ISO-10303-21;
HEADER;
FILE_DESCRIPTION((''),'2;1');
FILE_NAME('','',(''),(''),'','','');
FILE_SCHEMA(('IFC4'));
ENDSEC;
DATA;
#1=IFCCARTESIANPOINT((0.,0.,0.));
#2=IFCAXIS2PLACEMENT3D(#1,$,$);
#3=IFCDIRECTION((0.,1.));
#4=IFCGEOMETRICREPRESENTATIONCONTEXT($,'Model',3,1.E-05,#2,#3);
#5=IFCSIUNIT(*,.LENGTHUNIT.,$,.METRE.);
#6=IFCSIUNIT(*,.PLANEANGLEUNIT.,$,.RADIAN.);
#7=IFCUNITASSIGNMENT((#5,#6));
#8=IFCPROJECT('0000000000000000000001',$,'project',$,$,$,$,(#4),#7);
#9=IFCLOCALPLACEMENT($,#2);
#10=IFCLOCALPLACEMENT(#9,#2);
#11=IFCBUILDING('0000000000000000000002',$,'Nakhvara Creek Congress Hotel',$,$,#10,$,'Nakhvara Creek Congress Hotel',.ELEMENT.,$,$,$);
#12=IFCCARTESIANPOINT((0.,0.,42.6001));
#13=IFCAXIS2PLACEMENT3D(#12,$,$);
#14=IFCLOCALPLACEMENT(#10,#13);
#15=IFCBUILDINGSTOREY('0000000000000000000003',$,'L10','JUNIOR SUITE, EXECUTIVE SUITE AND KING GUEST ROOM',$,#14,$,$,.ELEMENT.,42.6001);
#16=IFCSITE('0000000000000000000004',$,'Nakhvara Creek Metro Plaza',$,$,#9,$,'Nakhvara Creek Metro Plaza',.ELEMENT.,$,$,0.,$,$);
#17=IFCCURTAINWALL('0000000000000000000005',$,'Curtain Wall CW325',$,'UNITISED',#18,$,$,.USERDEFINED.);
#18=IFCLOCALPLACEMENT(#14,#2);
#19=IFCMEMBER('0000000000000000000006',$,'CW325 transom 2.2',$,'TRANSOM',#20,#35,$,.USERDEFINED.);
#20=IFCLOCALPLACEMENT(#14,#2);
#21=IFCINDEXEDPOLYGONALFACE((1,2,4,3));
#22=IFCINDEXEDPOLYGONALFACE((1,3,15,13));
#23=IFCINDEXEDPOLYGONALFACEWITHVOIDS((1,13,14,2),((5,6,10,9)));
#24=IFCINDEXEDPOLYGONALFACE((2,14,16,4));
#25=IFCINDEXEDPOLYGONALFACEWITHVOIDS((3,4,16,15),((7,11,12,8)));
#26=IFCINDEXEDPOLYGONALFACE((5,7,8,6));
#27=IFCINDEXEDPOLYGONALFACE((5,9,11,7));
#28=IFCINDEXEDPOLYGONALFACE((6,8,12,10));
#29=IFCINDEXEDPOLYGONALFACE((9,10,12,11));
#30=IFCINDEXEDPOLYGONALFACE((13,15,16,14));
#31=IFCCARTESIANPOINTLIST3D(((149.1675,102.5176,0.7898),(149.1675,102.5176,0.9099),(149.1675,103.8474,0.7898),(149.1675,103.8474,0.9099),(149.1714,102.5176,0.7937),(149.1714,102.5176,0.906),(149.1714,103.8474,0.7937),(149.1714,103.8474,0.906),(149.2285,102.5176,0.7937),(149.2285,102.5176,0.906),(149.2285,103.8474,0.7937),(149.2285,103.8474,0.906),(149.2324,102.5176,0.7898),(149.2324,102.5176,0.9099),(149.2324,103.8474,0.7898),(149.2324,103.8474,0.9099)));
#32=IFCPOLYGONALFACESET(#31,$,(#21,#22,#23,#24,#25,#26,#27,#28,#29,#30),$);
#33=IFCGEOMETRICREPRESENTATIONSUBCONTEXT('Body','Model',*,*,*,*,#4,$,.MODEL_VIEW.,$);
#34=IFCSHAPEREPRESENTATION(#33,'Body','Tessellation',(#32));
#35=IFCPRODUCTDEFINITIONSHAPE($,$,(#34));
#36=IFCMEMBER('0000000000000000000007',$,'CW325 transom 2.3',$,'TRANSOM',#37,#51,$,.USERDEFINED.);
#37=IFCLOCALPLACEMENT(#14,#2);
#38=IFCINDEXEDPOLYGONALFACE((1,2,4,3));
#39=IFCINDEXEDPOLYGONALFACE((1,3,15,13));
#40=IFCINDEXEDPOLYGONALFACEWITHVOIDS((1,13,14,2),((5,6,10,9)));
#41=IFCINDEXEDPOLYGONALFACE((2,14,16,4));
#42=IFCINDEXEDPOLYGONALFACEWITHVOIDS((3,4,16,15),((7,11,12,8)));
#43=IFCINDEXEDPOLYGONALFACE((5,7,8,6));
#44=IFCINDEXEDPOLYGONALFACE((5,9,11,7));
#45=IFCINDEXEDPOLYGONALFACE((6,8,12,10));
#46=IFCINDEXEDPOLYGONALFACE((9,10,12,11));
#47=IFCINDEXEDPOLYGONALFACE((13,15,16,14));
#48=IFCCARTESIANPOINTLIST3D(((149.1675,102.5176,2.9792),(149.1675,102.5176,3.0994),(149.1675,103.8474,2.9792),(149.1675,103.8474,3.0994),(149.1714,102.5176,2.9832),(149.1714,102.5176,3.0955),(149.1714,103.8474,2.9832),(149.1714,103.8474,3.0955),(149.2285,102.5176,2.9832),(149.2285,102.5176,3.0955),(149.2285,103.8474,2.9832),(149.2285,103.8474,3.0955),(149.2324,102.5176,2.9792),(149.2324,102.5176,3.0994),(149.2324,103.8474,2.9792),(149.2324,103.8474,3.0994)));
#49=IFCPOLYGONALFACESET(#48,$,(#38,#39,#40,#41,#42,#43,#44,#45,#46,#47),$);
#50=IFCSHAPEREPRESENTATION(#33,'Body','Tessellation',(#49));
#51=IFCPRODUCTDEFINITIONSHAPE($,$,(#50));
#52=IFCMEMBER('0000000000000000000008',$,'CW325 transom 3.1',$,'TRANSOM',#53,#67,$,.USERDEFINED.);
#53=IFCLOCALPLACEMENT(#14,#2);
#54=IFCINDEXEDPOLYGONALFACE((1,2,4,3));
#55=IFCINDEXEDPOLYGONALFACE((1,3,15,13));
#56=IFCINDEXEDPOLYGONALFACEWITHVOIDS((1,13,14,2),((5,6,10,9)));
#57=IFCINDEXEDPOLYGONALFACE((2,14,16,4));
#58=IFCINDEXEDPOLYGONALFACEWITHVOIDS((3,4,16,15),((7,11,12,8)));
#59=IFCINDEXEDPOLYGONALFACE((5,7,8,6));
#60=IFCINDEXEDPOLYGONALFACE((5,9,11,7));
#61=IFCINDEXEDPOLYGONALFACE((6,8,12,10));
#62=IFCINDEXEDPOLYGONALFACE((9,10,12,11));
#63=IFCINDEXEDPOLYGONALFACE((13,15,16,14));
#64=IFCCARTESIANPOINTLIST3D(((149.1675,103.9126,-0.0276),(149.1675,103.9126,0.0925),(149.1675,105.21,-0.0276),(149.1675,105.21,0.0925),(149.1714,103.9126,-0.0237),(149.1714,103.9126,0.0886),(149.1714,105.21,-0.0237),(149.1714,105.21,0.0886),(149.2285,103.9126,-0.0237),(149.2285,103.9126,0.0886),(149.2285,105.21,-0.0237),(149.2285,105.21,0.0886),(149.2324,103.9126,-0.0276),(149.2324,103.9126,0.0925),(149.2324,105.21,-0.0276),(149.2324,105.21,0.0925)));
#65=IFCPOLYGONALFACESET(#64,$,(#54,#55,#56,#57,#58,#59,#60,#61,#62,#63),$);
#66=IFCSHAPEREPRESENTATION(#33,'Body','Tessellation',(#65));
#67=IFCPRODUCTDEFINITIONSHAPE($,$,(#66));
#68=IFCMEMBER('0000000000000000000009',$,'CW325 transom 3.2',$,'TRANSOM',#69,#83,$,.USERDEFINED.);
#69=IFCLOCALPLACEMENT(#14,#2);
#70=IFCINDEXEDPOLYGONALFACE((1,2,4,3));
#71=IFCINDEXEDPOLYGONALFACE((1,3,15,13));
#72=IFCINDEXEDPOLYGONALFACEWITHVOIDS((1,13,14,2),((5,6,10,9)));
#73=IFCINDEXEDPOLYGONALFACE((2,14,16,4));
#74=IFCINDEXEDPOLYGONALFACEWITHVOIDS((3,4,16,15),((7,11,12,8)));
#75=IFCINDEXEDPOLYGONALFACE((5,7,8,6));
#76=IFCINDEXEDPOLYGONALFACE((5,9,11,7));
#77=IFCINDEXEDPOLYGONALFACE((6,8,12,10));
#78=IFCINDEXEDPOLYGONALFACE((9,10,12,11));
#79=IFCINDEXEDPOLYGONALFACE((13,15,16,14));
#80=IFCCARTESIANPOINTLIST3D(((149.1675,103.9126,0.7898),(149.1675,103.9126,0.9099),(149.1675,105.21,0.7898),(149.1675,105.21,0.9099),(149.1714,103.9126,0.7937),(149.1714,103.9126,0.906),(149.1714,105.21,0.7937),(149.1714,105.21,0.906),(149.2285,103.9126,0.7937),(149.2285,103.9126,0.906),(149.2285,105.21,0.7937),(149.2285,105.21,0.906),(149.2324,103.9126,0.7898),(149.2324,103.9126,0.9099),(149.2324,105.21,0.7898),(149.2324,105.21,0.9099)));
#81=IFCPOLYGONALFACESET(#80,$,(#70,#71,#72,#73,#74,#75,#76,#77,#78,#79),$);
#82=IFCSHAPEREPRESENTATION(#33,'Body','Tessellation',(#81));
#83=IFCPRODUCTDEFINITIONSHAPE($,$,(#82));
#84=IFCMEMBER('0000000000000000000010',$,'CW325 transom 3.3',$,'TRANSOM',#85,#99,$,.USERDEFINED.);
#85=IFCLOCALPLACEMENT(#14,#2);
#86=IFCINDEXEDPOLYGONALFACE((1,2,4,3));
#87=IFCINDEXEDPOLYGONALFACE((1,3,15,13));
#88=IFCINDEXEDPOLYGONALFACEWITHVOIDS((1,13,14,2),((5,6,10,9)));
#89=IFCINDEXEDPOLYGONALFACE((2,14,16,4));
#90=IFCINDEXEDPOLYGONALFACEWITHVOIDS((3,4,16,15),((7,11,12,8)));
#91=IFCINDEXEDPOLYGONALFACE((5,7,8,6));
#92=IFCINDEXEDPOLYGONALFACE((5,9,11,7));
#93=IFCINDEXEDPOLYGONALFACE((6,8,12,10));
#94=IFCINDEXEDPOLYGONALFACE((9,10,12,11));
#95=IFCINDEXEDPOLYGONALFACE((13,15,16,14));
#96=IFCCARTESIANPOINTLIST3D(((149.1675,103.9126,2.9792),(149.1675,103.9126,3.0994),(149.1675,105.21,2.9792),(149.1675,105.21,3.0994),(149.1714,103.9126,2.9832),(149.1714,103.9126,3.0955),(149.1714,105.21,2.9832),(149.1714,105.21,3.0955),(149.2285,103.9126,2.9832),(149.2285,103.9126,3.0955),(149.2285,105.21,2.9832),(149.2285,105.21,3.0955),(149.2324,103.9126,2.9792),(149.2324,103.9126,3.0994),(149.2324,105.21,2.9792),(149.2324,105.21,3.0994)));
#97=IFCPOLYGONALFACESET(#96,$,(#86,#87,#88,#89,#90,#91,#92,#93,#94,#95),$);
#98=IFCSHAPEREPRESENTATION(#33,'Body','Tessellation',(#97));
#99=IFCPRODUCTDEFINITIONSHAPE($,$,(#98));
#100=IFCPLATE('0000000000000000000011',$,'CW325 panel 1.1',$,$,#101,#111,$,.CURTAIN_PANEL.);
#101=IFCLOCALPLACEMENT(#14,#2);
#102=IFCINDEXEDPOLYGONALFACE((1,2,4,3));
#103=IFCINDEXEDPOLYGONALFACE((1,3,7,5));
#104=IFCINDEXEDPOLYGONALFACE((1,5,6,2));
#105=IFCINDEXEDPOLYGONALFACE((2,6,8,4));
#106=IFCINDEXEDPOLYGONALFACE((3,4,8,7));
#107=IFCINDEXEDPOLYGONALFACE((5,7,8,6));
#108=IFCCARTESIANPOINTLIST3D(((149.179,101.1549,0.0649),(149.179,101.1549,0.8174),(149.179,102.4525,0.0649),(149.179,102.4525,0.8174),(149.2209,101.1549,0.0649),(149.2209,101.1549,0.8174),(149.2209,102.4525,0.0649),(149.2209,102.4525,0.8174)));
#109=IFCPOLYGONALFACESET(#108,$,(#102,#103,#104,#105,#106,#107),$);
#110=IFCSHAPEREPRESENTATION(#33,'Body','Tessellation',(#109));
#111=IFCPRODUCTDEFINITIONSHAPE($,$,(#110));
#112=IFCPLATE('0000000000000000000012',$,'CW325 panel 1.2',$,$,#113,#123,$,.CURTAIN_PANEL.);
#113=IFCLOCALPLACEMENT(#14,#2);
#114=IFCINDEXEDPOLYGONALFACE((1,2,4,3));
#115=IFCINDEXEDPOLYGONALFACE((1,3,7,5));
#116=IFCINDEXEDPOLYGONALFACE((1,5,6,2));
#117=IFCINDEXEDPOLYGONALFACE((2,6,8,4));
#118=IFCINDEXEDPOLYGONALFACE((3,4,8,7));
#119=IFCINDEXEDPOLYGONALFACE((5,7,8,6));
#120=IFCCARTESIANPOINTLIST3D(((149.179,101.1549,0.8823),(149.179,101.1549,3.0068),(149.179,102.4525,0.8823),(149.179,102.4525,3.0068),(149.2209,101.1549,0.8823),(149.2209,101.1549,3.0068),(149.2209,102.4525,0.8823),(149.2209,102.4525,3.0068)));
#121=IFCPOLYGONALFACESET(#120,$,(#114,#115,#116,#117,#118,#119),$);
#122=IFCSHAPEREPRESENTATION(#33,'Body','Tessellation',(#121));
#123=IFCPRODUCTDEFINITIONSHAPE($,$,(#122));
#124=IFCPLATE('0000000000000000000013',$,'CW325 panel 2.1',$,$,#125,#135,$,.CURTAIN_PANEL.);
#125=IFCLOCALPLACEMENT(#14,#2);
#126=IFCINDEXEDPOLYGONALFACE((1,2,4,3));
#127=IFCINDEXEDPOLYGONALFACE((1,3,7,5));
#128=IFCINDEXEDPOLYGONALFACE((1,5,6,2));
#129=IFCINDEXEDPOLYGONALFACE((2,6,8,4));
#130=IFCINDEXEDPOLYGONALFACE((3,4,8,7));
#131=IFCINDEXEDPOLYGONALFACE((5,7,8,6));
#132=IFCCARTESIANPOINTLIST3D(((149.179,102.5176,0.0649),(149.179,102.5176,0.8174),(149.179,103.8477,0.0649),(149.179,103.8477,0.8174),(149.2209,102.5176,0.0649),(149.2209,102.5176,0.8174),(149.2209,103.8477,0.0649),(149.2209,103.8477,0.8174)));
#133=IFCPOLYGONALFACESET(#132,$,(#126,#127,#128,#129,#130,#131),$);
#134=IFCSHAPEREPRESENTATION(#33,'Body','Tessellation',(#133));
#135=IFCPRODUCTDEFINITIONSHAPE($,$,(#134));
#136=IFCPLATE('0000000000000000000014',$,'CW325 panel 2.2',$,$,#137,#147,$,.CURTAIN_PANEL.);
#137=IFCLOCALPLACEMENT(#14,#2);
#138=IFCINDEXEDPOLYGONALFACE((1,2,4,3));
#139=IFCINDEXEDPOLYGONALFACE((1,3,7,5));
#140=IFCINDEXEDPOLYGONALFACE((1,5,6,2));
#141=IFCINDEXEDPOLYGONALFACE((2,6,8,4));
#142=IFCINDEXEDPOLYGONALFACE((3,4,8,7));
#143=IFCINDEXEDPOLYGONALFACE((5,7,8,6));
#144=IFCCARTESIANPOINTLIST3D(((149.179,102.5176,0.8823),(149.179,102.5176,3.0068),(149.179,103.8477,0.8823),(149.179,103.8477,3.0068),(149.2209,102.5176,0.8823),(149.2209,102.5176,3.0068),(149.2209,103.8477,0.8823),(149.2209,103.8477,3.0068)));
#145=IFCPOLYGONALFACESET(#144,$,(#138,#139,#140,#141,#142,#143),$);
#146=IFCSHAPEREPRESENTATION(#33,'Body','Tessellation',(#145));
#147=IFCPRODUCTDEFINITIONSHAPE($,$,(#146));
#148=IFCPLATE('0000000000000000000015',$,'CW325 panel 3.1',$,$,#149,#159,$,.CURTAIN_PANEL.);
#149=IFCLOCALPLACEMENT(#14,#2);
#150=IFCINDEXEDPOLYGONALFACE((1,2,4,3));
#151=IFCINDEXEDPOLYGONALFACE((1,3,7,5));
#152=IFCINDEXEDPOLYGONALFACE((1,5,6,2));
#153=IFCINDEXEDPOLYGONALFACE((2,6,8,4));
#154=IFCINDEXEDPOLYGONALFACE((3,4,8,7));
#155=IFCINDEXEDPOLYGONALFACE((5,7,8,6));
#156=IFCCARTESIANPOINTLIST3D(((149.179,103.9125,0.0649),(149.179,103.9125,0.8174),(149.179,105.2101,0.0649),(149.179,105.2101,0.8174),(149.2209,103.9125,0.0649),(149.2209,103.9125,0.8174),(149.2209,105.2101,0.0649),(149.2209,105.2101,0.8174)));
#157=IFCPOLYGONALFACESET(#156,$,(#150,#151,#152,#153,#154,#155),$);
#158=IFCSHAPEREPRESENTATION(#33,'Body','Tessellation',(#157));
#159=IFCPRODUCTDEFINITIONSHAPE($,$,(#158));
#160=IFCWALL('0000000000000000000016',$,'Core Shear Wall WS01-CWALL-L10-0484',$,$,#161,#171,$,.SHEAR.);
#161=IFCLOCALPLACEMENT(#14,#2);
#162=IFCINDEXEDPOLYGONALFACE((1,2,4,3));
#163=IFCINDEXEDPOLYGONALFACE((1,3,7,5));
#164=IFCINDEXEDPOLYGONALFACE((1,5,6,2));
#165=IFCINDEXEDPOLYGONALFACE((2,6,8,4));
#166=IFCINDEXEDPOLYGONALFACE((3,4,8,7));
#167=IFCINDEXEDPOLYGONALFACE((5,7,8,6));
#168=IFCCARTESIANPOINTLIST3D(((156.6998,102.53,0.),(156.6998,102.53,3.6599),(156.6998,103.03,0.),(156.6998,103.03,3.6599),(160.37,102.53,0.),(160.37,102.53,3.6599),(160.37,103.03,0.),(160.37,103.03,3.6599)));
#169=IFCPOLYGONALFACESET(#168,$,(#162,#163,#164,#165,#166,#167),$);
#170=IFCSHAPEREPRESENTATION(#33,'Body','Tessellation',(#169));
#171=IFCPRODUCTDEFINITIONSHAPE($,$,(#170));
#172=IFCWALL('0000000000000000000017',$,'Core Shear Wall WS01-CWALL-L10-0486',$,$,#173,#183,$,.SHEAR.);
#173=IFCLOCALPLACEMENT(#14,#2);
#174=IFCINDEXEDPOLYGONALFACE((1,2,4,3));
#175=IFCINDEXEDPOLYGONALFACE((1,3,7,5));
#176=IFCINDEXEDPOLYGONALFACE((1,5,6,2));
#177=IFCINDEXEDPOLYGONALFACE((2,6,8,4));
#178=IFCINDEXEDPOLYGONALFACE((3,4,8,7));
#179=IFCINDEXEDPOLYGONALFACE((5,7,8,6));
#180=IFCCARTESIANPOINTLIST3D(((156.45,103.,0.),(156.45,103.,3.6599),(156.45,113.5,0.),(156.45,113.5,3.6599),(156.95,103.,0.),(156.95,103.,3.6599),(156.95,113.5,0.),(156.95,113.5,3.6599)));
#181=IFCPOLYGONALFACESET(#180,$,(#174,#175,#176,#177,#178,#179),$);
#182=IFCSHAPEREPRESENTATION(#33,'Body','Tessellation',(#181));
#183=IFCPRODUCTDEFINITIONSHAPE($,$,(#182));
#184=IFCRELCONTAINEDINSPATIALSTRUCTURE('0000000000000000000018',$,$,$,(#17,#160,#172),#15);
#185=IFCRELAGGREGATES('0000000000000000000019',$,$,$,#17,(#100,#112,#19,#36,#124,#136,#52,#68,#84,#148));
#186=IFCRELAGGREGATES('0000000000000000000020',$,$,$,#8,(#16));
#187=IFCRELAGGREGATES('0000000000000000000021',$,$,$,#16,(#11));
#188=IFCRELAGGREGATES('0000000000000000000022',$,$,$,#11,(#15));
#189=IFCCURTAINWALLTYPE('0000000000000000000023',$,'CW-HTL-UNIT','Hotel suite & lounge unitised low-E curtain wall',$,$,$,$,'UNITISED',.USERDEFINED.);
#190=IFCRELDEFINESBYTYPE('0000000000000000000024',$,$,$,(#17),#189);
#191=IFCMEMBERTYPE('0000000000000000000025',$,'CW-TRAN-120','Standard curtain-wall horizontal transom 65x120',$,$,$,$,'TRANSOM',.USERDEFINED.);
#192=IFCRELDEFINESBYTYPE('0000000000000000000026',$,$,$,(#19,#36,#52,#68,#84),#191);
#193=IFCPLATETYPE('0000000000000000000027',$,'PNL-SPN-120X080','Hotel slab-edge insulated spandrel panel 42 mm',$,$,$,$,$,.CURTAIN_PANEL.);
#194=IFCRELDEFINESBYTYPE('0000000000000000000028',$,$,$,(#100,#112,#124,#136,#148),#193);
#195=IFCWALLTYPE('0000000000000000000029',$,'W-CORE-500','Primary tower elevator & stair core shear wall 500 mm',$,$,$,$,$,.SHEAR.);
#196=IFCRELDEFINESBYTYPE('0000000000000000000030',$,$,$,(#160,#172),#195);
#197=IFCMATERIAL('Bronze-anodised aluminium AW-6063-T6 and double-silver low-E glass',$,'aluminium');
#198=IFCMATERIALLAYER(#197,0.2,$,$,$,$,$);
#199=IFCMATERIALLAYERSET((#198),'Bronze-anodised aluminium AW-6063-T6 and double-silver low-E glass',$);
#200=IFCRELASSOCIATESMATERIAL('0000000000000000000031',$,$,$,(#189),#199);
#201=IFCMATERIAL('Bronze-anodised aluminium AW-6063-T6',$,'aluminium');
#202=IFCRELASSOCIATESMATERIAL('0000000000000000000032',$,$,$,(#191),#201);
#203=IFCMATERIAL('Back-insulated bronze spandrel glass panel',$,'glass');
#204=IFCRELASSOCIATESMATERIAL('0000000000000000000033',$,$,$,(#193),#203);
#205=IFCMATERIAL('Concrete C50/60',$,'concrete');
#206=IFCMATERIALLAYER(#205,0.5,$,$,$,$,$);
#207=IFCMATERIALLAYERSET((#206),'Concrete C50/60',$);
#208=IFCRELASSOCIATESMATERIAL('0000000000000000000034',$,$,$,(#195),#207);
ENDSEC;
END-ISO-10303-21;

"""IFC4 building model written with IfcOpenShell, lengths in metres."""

from ifc_helpers import new_model, si_unit, direction, frame, frame_2d, origin, origin_2d, place, context, subcontext, project, spatial, rectangle, hollow_rectangle, extrude, material, layer, layer_set, material_profile, profile_set, type_object, element, aggregate, save


model = new_model("IFC4")

# Units and contexts
model_context = context("Model", 3, precision=1e-05, world=origin(), true_north=direction((0.0, 1.0)))
body_context = subcontext(model_context, "Body", "Model", "MODEL_VIEW")
ifc_project = project(units=[si_unit("LENGTHUNIT", "METRE"), si_unit("PLANEANGLEUNIT", "RADIAN")], contexts=[model_context])

# Site, building, storey
site_placement = place(None, origin())
site = spatial("IfcSite", under=ifc_project, at=site_placement, Name="Nakhvara Creek Metro Plaza", LongName="Nakhvara Creek Metro Plaza", CompositionType="ELEMENT", RefElevation=0.0)
building_placement = place(site_placement, origin())
building = spatial("IfcBuilding", under=site, at=building_placement, Name="Nakhvara Creek Congress Hotel", LongName="Nakhvara Creek Congress Hotel", CompositionType="ELEMENT")
storey_placement = place(building_placement, frame((0.0, 0.0, 42.6001)))
storey = spatial("IfcBuildingStorey", under=building, at=storey_placement, Name="L10", Description="JUNIOR SUITE, EXECUTIVE SUITE AND KING GUEST ROOM", CompositionType="ELEMENT", Elevation=42.6001)

# Shared definitions
ifc_material_1 = material(Name="Concrete C50/60", Category="concrete")

# Curtain wall, members, plates
ifc_material_2 = material(Name="Bronze-anodised aluminium AW-6063-T6 and double-silver low-E glass", Category="aluminium")
ifc_layer_1 = layer(ifc_material_2, 0.2)
ifc_layer_set_1 = layer_set([ifc_layer_1], Name="Bronze-anodised aluminium AW-6063-T6 and double-silver low-E glass")
curtain_wall_type = type_object("IfcCurtainWallType", Name="CW-HTL-UNIT", Description="Hotel suite & lounge unitised low-E curtain wall", ElementType="UNITISED", PredefinedType="USERDEFINED", material=ifc_layer_set_1)
curtain_wall_placement = place(storey_placement, origin())
curtain_wall = element("IfcCurtainWall", 1, at=curtain_wall_placement, inside=storey, type_object=curtain_wall_type, Name="Curtain Wall CW325", ObjectType="UNITISED", PredefinedType="USERDEFINED")
ifc_material_3 = material(Name="Bronze-anodised aluminium AW-6063-T6", Category="aluminium")
ifc_material_profile_1 = material_profile(ifc_material_3, hollow_rectangle(XDim=0.0649, YDim=0.1201, WallThickness=0.0039, at=origin_2d()), Name="ALU-TRAN 65x120x4", Category="LoadBearing")
ifc_profile_set_1 = profile_set([ifc_material_profile_1], Name="Bronze-anodised aluminium AW-6063-T6")
member_type_1 = type_object("IfcMemberType", Name="CW-TRAN-120", Description="Standard curtain-wall horizontal transom 65x120", ElementType="TRANSOM", PredefinedType="USERDEFINED", material=ifc_profile_set_1)
member_1_placement = place(storey_placement, frame((149.2, 102.5176, 0.8499), z_axis=(0.0, 1.0, 0.0), x_axis=(-1.0, 0.0, 0.0)))
member_1 = element("IfcMember", 2, at=member_1_placement, type_object=member_type_1, Name="CW325 transom 2.2", ObjectType="TRANSOM", PredefinedType="USERDEFINED", context=body_context, shape_type="SweptSolid", body=[
    extrude(hollow_rectangle(XDim=0.0649, YDim=0.1201, WallThickness=0.0039, at=origin_2d()), origin(), (0.0, 0.0, 1.0), 1.3298),
])
member_2_placement = place(storey_placement, frame((149.2, 102.5176, 3.0393), z_axis=(0.0, 1.0, 0.0), x_axis=(-1.0, 0.0, 0.0)))
member_2 = element("IfcMember", 3, at=member_2_placement, type_object=member_type_1, Name="CW325 transom 2.3", ObjectType="TRANSOM", PredefinedType="USERDEFINED", context=body_context, shape_type="SweptSolid", body=[
    extrude(hollow_rectangle(XDim=0.0649, YDim=0.1201, WallThickness=0.0039, at=origin_2d()), origin(), (0.0, 0.0, 1.0), 1.3298),
])
member_3_placement = place(storey_placement, frame((149.2, 103.9126, 0.0325), z_axis=(0.0, 1.0, 0.0), x_axis=(-1.0, 0.0, 0.0)))
member_3 = element("IfcMember", 4, at=member_3_placement, type_object=member_type_1, Name="CW325 transom 3.1", ObjectType="TRANSOM", PredefinedType="USERDEFINED", context=body_context, shape_type="SweptSolid", body=[
    extrude(hollow_rectangle(XDim=0.0649, YDim=0.1201, WallThickness=0.0039, at=origin_2d()), origin(), (0.0, 0.0, 1.0), 1.2974),
])
member_4_placement = place(storey_placement, frame((149.2, 103.9126, 0.8499), z_axis=(0.0, 1.0, 0.0), x_axis=(-1.0, 0.0, 0.0)))
member_4 = element("IfcMember", 5, at=member_4_placement, type_object=member_type_1, Name="CW325 transom 3.2", ObjectType="TRANSOM", PredefinedType="USERDEFINED", context=body_context, shape_type="SweptSolid", body=[
    extrude(hollow_rectangle(XDim=0.0649, YDim=0.1201, WallThickness=0.0039, at=origin_2d()), origin(), (0.0, 0.0, 1.0), 1.2974),
])
member_5_placement = place(storey_placement, frame((149.2, 103.9126, 3.0393), z_axis=(0.0, 1.0, 0.0), x_axis=(-1.0, 0.0, 0.0)))
member_5 = element("IfcMember", 6, at=member_5_placement, type_object=member_type_1, Name="CW325 transom 3.3", ObjectType="TRANSOM", PredefinedType="USERDEFINED", context=body_context, shape_type="SweptSolid", body=[
    extrude(hollow_rectangle(XDim=0.0649, YDim=0.1201, WallThickness=0.0039, at=origin_2d()), origin(), (0.0, 0.0, 1.0), 1.2974),
])
ifc_material_4 = material(Name="Back-insulated bronze spandrel glass panel", Category="glass")
plate_type = type_object("IfcPlateType", Name="PNL-SPN-120X080", Description="Hotel slab-edge insulated spandrel panel 42 mm", PredefinedType="CURTAIN_PANEL", material=ifc_material_4)
plate_1_placement = place(storey_placement, frame((149.2, 101.8037, 0.0649), z_axis=(0.0, 0.0, 1.0), x_axis=(0.0, 1.0, 0.0)))
plate_1 = element("IfcPlate", 7, at=plate_1_placement, type_object=plate_type, Name="CW325 panel 1.1", PredefinedType="CURTAIN_PANEL", context=body_context, shape_type="SweptSolid", body=[
    extrude(rectangle(XDim=1.2976, YDim=0.042, at=origin_2d()), origin(), (0.0, 0.0, 1.0), 0.7524),
])
plate_2_placement = place(storey_placement, frame((149.2, 101.8037, 0.8823), z_axis=(0.0, 0.0, 1.0), x_axis=(0.0, 1.0, 0.0)))
plate_2 = element("IfcPlate", 8, at=plate_2_placement, type_object=plate_type, Name="CW325 panel 1.2", PredefinedType="CURTAIN_PANEL", context=body_context, shape_type="SweptSolid", body=[
    extrude(rectangle(XDim=1.2976, YDim=0.042, at=origin_2d()), origin(), (0.0, 0.0, 1.0), 2.1245),
])
plate_3_placement = place(storey_placement, frame((149.2, 103.1826, 0.0649), z_axis=(0.0, 0.0, 1.0), x_axis=(0.0, 1.0, 0.0)))
plate_3 = element("IfcPlate", 9, at=plate_3_placement, type_object=plate_type, Name="CW325 panel 2.1", PredefinedType="CURTAIN_PANEL", context=body_context, shape_type="SweptSolid", body=[
    extrude(rectangle(XDim=1.3301, YDim=0.042, at=origin_2d()), origin(), (0.0, 0.0, 1.0), 0.7524),
])
plate_4_placement = place(storey_placement, frame((149.2, 103.1826, 0.8823), z_axis=(0.0, 0.0, 1.0), x_axis=(0.0, 1.0, 0.0)))
plate_4 = element("IfcPlate", 10, at=plate_4_placement, type_object=plate_type, Name="CW325 panel 2.2", PredefinedType="CURTAIN_PANEL", context=body_context, shape_type="SweptSolid", body=[
    extrude(rectangle(XDim=1.3301, YDim=0.042, at=origin_2d()), origin(), (0.0, 0.0, 1.0), 2.1245),
])
plate_5_placement = place(storey_placement, frame((149.2, 104.5613, 0.0649), z_axis=(0.0, 0.0, 1.0), x_axis=(0.0, 1.0, 0.0)))
plate_5 = element("IfcPlate", 11, at=plate_5_placement, type_object=plate_type, Name="CW325 panel 3.1", PredefinedType="CURTAIN_PANEL", context=body_context, shape_type="SweptSolid", body=[
    extrude(rectangle(XDim=1.2976, YDim=0.042, at=origin_2d()), origin(), (0.0, 0.0, 1.0), 0.7524),
])
aggregate(curtain_wall, [plate_1, plate_2, member_1, member_2, plate_3, plate_4, member_3, member_4, member_5, plate_5])

# Walls
ifc_layer_2 = layer(ifc_material_1, 0.5)
ifc_layer_set_2 = layer_set([ifc_layer_2], Name="Concrete C50/60")
wall_type_1 = type_object("IfcWallType", Name="W-CORE-500", Description="Primary tower elevator & stair core shear wall 500 mm", PredefinedType="SHEAR", material=ifc_layer_set_2)
wall_1_placement = place(storey_placement, frame((156.7, 102.78, 0.0), z_axis=(0.0, 0.0, 1.0), x_axis=(1.0, 0.0, 0.0)))
element("IfcWall", 12, at=wall_1_placement, inside=storey, type_object=wall_type_1, Name="Core Shear Wall WS01-CWALL-L10-0484", PredefinedType="SHEAR", context=body_context, shape_type="SweptSolid", body=[
    extrude(rectangle(XDim=3.6702, YDim=0.5, at=frame_2d((1.835, 0.0))), origin(), (0.0, 0.0, 1.0), 3.6599),
])
wall_2_placement = place(storey_placement, frame((156.7, 103.0, 0.0), z_axis=(0.0, 0.0, 1.0), x_axis=(0.0, 1.0, 0.0)))
element("IfcWall", 13, at=wall_2_placement, inside=storey, type_object=wall_type_1, Name="Core Shear Wall WS01-CWALL-L10-0486", PredefinedType="SHEAR", context=body_context, shape_type="SweptSolid", body=[
    extrude(rectangle(XDim=10.5, YDim=0.5, at=frame_2d((5.25, 0.0))), origin(), (0.0, 0.0, 1.0), 3.6599),
])

save(model, "model.ifc")
